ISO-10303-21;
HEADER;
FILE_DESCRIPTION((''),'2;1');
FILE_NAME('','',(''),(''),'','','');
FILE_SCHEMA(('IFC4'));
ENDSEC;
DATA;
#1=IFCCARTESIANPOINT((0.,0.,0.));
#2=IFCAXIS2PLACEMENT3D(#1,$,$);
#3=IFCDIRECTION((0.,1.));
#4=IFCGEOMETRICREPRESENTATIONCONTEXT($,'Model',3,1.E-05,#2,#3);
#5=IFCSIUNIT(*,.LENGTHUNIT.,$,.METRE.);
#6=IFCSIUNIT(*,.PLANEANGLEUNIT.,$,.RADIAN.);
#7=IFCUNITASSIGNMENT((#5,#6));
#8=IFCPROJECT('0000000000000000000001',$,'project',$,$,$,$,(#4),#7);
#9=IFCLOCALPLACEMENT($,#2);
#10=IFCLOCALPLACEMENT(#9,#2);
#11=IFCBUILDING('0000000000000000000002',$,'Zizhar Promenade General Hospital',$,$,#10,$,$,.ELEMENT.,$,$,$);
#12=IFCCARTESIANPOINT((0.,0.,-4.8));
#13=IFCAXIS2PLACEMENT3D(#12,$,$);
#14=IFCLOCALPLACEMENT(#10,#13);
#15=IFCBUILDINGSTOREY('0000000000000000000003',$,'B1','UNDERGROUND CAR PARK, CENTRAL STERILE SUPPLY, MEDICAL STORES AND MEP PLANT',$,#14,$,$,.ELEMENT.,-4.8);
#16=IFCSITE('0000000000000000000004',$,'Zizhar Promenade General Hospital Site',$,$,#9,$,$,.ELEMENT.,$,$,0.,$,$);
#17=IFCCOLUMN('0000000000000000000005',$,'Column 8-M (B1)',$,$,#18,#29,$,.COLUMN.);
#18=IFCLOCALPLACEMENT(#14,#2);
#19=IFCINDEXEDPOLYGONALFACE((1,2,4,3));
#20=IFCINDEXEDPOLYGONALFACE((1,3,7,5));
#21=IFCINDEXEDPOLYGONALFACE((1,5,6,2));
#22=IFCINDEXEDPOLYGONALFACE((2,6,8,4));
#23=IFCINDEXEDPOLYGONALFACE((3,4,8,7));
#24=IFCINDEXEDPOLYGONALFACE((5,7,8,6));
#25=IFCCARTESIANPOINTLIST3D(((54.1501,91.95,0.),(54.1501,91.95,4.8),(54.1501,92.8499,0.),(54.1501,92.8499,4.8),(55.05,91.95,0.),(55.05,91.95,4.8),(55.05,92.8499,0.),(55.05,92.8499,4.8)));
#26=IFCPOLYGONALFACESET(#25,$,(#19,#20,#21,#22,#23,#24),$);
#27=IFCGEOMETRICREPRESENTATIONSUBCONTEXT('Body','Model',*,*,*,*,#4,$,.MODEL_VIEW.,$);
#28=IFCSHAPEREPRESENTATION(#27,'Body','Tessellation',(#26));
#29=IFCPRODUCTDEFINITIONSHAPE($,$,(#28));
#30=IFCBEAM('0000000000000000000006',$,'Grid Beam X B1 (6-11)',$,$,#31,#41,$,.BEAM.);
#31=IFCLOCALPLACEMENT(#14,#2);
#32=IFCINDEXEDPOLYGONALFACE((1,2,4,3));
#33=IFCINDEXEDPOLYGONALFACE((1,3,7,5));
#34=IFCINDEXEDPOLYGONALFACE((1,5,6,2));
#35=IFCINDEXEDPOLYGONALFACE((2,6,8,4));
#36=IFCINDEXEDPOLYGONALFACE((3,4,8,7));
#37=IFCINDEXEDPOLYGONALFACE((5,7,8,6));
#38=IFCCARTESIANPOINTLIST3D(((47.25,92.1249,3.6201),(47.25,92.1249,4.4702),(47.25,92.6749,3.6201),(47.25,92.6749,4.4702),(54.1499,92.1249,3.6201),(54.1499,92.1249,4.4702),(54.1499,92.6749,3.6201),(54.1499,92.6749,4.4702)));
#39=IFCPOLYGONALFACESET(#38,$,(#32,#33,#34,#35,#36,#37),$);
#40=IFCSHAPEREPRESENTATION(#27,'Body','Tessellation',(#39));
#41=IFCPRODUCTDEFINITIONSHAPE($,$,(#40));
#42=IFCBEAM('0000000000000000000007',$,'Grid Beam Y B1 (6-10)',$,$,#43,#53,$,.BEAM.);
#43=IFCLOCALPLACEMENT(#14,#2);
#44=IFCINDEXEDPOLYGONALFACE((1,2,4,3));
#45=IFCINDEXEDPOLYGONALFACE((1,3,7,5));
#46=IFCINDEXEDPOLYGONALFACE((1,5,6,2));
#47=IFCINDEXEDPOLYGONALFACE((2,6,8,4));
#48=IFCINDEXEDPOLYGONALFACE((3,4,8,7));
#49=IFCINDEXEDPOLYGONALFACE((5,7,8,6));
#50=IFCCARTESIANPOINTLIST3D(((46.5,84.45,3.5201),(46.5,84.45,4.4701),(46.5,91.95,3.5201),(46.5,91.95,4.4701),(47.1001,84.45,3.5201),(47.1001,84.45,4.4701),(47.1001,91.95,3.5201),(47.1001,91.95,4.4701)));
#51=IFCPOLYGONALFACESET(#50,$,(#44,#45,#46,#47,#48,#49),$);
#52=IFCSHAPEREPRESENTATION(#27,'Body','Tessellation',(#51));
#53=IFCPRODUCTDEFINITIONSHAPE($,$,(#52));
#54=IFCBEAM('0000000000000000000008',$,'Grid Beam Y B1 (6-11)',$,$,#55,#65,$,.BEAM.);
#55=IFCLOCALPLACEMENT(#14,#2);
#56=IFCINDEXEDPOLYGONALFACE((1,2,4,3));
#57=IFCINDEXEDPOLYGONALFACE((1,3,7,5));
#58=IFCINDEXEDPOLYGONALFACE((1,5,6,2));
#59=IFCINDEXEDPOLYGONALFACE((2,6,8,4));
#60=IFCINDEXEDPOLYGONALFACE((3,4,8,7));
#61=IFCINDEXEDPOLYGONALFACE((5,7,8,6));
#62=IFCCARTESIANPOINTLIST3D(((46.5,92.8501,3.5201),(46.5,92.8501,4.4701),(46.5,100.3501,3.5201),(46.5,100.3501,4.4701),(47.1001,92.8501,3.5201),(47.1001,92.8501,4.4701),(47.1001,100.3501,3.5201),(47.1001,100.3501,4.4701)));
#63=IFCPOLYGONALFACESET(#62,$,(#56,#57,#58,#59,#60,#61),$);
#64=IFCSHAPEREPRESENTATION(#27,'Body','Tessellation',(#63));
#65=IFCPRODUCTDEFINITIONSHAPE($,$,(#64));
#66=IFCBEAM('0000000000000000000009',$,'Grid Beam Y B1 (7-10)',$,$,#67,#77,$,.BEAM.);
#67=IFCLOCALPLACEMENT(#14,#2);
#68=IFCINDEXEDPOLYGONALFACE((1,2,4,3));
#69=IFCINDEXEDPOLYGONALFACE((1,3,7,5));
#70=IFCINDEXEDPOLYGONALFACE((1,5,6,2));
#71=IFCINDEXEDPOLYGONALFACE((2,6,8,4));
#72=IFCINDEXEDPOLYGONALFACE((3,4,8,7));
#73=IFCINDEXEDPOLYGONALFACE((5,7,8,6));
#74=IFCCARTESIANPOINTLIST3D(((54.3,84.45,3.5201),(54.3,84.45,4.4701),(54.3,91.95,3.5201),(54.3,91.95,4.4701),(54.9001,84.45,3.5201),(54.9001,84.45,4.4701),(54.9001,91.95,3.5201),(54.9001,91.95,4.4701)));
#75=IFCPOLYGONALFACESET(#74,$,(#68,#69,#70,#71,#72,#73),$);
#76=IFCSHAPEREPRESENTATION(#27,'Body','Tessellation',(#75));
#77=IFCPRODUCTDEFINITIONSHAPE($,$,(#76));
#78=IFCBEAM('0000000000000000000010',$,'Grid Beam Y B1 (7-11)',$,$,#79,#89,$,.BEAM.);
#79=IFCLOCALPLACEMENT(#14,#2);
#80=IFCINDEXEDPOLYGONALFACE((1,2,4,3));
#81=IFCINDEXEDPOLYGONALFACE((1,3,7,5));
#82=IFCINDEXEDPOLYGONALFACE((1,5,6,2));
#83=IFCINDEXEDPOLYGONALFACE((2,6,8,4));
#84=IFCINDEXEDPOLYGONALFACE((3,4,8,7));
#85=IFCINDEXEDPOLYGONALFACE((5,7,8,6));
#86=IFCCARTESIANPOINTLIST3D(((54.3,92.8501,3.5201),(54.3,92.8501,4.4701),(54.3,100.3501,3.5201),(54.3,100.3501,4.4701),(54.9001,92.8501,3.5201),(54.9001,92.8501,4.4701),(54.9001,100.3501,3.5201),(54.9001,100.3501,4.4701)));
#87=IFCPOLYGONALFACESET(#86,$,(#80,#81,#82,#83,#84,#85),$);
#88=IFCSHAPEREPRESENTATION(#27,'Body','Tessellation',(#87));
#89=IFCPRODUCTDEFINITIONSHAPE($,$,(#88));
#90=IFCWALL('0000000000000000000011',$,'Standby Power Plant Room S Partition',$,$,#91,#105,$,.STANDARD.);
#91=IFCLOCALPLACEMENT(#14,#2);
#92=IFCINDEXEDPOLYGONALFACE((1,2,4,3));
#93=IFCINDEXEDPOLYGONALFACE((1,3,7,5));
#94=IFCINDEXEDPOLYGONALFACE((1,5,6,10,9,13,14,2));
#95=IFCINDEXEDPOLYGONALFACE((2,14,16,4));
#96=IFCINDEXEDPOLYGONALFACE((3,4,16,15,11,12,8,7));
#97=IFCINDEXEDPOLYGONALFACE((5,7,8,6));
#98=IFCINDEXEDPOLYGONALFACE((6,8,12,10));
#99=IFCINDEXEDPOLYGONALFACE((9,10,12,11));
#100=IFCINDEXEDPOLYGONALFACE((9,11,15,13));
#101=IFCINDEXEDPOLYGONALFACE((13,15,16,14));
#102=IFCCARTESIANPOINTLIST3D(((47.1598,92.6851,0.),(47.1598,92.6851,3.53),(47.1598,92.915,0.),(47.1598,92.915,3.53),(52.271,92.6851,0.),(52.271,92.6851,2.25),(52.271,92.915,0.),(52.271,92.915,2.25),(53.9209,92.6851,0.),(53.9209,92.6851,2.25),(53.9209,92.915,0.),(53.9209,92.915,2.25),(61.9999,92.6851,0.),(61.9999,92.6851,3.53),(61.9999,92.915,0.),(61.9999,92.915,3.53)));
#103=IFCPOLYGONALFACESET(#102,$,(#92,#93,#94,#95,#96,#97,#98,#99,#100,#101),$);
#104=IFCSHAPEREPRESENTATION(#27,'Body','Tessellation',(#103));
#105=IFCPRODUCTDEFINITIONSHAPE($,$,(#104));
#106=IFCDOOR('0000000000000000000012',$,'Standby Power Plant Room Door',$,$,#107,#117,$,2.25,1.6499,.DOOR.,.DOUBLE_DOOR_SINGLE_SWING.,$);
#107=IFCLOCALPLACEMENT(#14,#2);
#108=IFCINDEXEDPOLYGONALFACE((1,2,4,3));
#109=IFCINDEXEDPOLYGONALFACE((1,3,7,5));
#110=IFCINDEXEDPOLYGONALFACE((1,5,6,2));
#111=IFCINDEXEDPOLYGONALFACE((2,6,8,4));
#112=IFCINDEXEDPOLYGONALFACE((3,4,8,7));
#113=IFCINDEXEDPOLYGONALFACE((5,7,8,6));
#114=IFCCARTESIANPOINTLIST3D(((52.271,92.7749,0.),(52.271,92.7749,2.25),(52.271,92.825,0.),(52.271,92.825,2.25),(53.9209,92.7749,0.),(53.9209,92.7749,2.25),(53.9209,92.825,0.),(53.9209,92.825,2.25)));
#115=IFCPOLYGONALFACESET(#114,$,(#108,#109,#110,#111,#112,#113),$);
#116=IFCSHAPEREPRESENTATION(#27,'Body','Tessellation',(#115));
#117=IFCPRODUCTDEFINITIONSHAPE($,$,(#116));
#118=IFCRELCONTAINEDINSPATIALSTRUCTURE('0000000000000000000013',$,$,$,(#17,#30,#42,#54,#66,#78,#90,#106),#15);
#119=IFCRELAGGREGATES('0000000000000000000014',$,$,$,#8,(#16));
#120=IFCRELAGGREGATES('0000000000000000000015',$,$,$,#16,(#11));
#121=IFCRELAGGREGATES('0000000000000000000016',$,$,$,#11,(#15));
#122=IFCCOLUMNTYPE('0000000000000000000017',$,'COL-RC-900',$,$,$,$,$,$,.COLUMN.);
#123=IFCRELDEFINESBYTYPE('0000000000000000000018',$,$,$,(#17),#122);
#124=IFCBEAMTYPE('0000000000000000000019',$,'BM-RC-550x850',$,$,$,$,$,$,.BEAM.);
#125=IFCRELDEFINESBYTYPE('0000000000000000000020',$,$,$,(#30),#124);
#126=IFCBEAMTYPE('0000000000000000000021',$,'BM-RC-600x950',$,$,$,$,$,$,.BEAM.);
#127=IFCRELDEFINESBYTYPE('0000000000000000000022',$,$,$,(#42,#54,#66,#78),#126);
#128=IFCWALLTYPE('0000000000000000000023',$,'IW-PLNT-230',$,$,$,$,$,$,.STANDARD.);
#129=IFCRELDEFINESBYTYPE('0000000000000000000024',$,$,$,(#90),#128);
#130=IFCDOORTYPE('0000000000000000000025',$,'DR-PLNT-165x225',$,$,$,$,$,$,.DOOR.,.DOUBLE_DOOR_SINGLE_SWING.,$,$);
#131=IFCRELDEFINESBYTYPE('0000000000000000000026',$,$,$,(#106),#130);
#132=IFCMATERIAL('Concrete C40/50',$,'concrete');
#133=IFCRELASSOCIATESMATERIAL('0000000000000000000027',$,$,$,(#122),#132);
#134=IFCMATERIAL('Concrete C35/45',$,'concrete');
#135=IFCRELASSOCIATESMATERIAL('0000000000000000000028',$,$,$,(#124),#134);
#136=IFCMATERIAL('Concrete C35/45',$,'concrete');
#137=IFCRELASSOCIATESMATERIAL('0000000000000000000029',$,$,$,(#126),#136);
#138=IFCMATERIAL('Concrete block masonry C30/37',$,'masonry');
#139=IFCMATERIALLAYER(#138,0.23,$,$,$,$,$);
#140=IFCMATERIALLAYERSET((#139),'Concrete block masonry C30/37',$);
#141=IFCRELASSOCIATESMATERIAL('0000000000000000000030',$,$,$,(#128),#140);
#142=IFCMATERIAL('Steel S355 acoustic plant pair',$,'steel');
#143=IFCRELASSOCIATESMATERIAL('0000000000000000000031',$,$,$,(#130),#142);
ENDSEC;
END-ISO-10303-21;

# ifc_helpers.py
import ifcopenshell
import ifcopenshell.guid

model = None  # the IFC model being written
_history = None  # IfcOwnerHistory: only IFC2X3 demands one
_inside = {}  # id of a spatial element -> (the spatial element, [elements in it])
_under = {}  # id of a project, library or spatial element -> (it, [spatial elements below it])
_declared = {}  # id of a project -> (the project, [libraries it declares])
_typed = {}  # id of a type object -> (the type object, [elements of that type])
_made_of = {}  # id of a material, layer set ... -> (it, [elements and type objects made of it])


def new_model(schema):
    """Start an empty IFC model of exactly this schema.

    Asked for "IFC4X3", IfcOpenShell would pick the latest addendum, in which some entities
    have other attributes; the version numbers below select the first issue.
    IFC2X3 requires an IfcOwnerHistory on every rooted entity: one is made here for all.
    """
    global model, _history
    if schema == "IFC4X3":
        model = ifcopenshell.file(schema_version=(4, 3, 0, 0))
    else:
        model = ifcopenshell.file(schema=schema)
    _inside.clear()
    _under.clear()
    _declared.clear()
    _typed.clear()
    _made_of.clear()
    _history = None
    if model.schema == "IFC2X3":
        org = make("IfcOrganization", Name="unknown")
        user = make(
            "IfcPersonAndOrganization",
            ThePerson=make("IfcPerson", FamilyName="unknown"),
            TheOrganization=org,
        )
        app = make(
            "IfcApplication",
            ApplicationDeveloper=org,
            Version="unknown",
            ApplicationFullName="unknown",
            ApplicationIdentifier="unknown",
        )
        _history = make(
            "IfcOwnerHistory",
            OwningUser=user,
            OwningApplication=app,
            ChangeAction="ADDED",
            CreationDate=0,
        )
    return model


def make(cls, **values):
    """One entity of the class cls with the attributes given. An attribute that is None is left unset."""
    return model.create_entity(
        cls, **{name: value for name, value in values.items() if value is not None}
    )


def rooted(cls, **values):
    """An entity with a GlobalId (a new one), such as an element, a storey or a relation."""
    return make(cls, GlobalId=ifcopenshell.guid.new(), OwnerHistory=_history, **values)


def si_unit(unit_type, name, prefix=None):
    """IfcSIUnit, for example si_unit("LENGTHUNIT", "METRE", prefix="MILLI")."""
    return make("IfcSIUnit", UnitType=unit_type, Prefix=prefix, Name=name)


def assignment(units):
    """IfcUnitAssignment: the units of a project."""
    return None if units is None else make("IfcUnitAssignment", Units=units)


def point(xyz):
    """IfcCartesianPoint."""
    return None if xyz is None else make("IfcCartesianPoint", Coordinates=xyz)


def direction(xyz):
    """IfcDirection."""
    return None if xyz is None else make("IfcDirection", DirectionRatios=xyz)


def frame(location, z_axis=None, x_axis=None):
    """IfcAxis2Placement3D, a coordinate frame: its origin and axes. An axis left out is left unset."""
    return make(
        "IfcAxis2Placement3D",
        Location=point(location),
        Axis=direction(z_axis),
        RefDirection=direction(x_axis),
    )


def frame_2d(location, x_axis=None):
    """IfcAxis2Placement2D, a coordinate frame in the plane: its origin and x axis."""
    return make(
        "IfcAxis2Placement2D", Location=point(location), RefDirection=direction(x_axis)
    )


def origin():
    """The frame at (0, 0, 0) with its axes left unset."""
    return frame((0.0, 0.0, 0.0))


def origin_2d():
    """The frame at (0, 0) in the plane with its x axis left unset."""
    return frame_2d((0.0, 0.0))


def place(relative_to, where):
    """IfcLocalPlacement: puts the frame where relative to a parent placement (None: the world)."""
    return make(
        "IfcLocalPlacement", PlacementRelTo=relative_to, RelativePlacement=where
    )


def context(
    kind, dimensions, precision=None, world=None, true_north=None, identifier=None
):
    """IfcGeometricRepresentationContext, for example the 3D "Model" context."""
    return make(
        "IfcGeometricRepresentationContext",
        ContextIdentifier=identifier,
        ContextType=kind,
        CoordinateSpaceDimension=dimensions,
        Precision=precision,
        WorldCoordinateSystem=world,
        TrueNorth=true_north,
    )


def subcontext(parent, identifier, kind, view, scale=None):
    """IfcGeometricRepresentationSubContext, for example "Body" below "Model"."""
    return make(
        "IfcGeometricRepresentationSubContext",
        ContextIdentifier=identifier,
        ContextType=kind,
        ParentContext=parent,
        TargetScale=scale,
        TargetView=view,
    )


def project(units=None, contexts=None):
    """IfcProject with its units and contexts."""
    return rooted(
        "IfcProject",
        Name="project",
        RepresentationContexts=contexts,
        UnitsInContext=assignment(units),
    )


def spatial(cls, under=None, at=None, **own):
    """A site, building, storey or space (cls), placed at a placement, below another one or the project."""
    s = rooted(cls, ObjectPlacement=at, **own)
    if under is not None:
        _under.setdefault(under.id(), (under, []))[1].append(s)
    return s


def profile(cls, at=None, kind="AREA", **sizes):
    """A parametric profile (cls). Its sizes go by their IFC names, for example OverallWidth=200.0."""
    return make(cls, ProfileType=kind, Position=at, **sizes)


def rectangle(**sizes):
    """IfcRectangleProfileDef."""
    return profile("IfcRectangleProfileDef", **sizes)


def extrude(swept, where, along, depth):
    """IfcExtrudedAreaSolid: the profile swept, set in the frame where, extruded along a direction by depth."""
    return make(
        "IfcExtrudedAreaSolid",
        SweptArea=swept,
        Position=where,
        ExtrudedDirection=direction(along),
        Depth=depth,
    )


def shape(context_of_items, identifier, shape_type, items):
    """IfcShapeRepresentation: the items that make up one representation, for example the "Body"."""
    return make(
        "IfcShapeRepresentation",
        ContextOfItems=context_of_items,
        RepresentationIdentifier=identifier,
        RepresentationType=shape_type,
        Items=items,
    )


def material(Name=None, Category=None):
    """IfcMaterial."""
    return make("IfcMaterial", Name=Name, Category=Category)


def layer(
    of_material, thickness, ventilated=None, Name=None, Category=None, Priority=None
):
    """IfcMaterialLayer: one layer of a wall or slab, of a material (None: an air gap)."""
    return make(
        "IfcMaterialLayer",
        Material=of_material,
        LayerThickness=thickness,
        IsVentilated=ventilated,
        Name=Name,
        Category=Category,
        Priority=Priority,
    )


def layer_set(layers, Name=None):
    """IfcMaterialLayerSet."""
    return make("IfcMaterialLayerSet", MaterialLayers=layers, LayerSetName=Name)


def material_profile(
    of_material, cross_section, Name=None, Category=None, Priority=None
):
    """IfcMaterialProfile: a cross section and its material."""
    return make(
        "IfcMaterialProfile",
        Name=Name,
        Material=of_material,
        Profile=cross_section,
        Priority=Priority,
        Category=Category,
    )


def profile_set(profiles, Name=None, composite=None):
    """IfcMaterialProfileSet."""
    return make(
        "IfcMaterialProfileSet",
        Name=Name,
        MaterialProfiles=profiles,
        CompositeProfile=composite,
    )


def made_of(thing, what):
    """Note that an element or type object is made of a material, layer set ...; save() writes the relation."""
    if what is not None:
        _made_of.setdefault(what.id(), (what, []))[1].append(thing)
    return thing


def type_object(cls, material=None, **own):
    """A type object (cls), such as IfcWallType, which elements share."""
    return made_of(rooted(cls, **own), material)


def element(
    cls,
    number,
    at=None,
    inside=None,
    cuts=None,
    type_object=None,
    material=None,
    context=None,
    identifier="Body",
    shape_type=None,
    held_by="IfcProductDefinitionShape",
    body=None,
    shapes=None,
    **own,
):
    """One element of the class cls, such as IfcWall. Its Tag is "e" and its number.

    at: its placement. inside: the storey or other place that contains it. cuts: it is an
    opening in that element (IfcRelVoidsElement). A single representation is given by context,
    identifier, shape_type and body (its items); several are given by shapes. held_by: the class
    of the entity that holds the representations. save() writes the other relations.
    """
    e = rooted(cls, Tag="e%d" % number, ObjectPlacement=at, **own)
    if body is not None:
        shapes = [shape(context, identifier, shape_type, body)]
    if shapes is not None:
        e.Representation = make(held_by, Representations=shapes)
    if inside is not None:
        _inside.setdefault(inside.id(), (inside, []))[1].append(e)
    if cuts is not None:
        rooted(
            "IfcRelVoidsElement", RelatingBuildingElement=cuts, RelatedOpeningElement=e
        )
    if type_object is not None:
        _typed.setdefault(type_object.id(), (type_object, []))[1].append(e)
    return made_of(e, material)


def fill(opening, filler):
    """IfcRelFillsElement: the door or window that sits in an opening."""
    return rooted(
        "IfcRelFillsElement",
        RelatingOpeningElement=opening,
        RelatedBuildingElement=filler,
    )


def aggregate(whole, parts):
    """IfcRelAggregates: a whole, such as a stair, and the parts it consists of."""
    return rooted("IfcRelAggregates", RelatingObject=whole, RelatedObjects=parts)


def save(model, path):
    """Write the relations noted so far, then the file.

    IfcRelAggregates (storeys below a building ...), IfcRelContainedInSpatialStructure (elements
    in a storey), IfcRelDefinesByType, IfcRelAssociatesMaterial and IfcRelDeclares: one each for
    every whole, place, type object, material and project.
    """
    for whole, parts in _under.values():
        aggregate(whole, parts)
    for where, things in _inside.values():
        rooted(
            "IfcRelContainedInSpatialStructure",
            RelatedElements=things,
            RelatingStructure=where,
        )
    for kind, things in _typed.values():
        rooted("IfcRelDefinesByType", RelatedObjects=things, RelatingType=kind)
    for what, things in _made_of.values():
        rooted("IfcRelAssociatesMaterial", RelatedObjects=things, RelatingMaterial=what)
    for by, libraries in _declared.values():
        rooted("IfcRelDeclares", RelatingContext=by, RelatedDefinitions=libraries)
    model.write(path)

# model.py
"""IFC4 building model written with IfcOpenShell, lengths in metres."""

from ifc_helpers import new_model, si_unit, direction, frame, frame_2d, origin, origin_2d, place, context, subcontext, project, spatial, rectangle, extrude, material, layer, layer_set, material_profile, profile_set, type_object, element, fill, save


model = new_model("IFC4")

# Units and contexts
model_context = context("Model", 3, precision=1e-05, world=origin(), true_north=direction((0.0, 1.0)))
body_context = subcontext(model_context, "Body", "Model", "MODEL_VIEW")
ifc_project = project(units=[si_unit("LENGTHUNIT", "METRE"), si_unit("PLANEANGLEUNIT", "RADIAN")], contexts=[model_context])

# Site, building, storey
site_placement = place(None, origin())
site = spatial("IfcSite", under=ifc_project, at=site_placement, Name="Zizhar Promenade General Hospital Site", CompositionType="ELEMENT", RefElevation=0.0)
building_placement = place(site_placement, origin())
building = spatial("IfcBuilding", under=site, at=building_placement, Name="Zizhar Promenade General Hospital", CompositionType="ELEMENT")
storey_placement = place(building_placement, frame((0.0, 0.0, -4.8)))
storey = spatial("IfcBuildingStorey", under=building, at=storey_placement, Name="B1", Description="UNDERGROUND CAR PARK, CENTRAL STERILE SUPPLY, MEDICAL STORES AND MEP PLANT", CompositionType="ELEMENT", Elevation=-4.8)

# Column
ifc_material_1 = material(Name="Concrete C40/50", Category="concrete")
ifc_material_profile_1 = material_profile(ifc_material_1, rectangle(XDim=0.8999, YDim=0.8999, at=origin_2d()))
ifc_profile_set_1 = profile_set([ifc_material_profile_1], Name="Concrete C40/50")
column_type = type_object("IfcColumnType", Name="COL-RC-900", PredefinedType="COLUMN", material=ifc_profile_set_1)
for number, where, z_axis, x_axis, name in (
    (1, (54.6001, 92.3999, 0.0), (0.0, 0.0, 1.0), (1.0, 0.0, 0.0), "Column 8-M (B1)"),
):
    element("IfcColumn", number, at=place(storey_placement, frame(where, z_axis=z_axis, x_axis=x_axis)), inside=storey, type_object=column_type, Name=name, PredefinedType="COLUMN", context=body_context, shape_type="SweptSolid", body=[
        extrude(rectangle(XDim=0.8999, YDim=0.8999, at=origin_2d()), origin(), (0.0, 0.0, 1.0), 4.8),
    ])

# Beams
ifc_material_2 = material(Name="Concrete C35/45", Category="concrete")
ifc_material_profile_2 = material_profile(ifc_material_2, rectangle(XDim=0.55, YDim=0.8501, at=origin_2d()))
ifc_profile_set_2 = profile_set([ifc_material_profile_2], Name="Concrete C35/45")
beam_type_1 = type_object("IfcBeamType", Name="BM-RC-550x850", PredefinedType="BEAM", material=ifc_profile_set_2)
beam_placement = place(storey_placement, frame((47.25, 92.3999, 4.0452), z_axis=(1.0, 0.0, 0.0), x_axis=(0.0, 1.0, 0.0)))
element("IfcBeam", 2, at=beam_placement, inside=storey, type_object=beam_type_1, Name="Grid Beam X B1 (6-11)", PredefinedType="BEAM", context=body_context, shape_type="SweptSolid", body=[
    extrude(rectangle(XDim=0.55, YDim=0.8501, at=origin_2d()), origin(), (0.0, 0.0, 1.0), 6.8999),
])
ifc_material_3 = material(Name="Concrete C35/45", Category="concrete")
ifc_material_profile_3 = material_profile(ifc_material_3, rectangle(XDim=0.6001, YDim=0.95, at=origin_2d()))
ifc_profile_set_3 = profile_set([ifc_material_profile_3], Name="Concrete C35/45")
beam_type_2 = type_object("IfcBeamType", Name="BM-RC-600x950", PredefinedType="BEAM", material=ifc_profile_set_3)
for number, where, z_axis, x_axis, name in (
    (3, (46.8, 84.45, 3.9951), (0.0, 1.0, 0.0), (-1.0, 0.0, 0.0), "Grid Beam Y B1 (6-10)"),
    (4, (46.8, 92.8501, 3.9951), (0.0, 1.0, 0.0), (-1.0, 0.0, 0.0), "Grid Beam Y B1 (6-11)"),
    (5, (54.6001, 84.45, 3.9951), (0.0, 1.0, 0.0), (-1.0, 0.0, 0.0), "Grid Beam Y B1 (7-10)"),
    (6, (54.6001, 92.8501, 3.9951), (0.0, 1.0, 0.0), (-1.0, 0.0, 0.0), "Grid Beam Y B1 (7-11)"),
):
    element("IfcBeam", number, at=place(storey_placement, frame(where, z_axis=z_axis, x_axis=x_axis)), inside=storey, type_object=beam_type_2, Name=name, PredefinedType="BEAM", context=body_context, shape_type="SweptSolid", body=[
        extrude(rectangle(XDim=0.6001, YDim=0.95, at=origin_2d()), origin(), (0.0, 0.0, 1.0), 7.5),
    ])

# Wall, opening, door
ifc_material_4 = material(Name="Concrete block masonry C30/37", Category="masonry")
ifc_layer = layer(ifc_material_4, 0.23)
ifc_layer_set = layer_set([ifc_layer], Name="Concrete block masonry C30/37")
wall_type = type_object("IfcWallType", Name="IW-PLNT-230", PredefinedType="STANDARD", material=ifc_layer_set)
wall_placement = place(storey_placement, frame((47.1599, 92.8, 0.0), z_axis=(0.0, 0.0, 1.0), x_axis=(1.0, 0.0, 0.0)))
wall = element("IfcWall", 7, at=wall_placement, inside=storey, type_object=wall_type, Name="Standby Power Plant Room S Partition", PredefinedType="STANDARD", context=body_context, shape_type="SweptSolid", body=[
    extrude(rectangle(XDim=14.8401, YDim=0.23, at=frame_2d((7.4199, 0.0))), origin(), (0.0, 0.0, 1.0), 3.53),
])
opening_placement = place(wall_placement, frame((5.1111, 0.0, 0.0)))
opening = element("IfcOpeningElement", 8, at=opening_placement, cuts=wall, PredefinedType="OPENING", context=body_context, shape_type="SweptSolid", body=[
    extrude(rectangle(XDim=1.6499, YDim=2.25, at=frame_2d((0.825, 1.125))), frame((0.0, 0.125, 0.0), z_axis=(0.0, -1.0, 0.0), x_axis=(1.0, 0.0, 0.0)), (0.0, 0.0, 1.0), 0.25),
])
ifc_material_5 = material(Name="Steel S355 acoustic plant pair", Category="steel")
door_type = type_object("IfcDoorType", Name="DR-PLNT-165x225", OperationType="DOUBLE_DOOR_SINGLE_SWING", PredefinedType="DOOR", material=ifc_material_5)
door_placement = place(opening_placement, origin())
door = element("IfcDoor", 9, at=door_placement, inside=storey, type_object=door_type, Name="Standby Power Plant Room Door", OperationType="DOUBLE_DOOR_SINGLE_SWING", OverallHeight=2.25, OverallWidth=1.6499, PredefinedType="DOOR", context=body_context, shape_type="SweptSolid", body=[
    extrude(rectangle(XDim=1.6499, YDim=2.25, at=frame_2d((0.825, 1.125))), frame((0.0, 0.0249, 0.0), z_axis=(0.0, -1.0, 0.0), x_axis=(1.0, 0.0, 0.0)), (0.0, 0.0, 1.0), 0.05),
])
fill(opening, door)

save(model, "model.ifc")
